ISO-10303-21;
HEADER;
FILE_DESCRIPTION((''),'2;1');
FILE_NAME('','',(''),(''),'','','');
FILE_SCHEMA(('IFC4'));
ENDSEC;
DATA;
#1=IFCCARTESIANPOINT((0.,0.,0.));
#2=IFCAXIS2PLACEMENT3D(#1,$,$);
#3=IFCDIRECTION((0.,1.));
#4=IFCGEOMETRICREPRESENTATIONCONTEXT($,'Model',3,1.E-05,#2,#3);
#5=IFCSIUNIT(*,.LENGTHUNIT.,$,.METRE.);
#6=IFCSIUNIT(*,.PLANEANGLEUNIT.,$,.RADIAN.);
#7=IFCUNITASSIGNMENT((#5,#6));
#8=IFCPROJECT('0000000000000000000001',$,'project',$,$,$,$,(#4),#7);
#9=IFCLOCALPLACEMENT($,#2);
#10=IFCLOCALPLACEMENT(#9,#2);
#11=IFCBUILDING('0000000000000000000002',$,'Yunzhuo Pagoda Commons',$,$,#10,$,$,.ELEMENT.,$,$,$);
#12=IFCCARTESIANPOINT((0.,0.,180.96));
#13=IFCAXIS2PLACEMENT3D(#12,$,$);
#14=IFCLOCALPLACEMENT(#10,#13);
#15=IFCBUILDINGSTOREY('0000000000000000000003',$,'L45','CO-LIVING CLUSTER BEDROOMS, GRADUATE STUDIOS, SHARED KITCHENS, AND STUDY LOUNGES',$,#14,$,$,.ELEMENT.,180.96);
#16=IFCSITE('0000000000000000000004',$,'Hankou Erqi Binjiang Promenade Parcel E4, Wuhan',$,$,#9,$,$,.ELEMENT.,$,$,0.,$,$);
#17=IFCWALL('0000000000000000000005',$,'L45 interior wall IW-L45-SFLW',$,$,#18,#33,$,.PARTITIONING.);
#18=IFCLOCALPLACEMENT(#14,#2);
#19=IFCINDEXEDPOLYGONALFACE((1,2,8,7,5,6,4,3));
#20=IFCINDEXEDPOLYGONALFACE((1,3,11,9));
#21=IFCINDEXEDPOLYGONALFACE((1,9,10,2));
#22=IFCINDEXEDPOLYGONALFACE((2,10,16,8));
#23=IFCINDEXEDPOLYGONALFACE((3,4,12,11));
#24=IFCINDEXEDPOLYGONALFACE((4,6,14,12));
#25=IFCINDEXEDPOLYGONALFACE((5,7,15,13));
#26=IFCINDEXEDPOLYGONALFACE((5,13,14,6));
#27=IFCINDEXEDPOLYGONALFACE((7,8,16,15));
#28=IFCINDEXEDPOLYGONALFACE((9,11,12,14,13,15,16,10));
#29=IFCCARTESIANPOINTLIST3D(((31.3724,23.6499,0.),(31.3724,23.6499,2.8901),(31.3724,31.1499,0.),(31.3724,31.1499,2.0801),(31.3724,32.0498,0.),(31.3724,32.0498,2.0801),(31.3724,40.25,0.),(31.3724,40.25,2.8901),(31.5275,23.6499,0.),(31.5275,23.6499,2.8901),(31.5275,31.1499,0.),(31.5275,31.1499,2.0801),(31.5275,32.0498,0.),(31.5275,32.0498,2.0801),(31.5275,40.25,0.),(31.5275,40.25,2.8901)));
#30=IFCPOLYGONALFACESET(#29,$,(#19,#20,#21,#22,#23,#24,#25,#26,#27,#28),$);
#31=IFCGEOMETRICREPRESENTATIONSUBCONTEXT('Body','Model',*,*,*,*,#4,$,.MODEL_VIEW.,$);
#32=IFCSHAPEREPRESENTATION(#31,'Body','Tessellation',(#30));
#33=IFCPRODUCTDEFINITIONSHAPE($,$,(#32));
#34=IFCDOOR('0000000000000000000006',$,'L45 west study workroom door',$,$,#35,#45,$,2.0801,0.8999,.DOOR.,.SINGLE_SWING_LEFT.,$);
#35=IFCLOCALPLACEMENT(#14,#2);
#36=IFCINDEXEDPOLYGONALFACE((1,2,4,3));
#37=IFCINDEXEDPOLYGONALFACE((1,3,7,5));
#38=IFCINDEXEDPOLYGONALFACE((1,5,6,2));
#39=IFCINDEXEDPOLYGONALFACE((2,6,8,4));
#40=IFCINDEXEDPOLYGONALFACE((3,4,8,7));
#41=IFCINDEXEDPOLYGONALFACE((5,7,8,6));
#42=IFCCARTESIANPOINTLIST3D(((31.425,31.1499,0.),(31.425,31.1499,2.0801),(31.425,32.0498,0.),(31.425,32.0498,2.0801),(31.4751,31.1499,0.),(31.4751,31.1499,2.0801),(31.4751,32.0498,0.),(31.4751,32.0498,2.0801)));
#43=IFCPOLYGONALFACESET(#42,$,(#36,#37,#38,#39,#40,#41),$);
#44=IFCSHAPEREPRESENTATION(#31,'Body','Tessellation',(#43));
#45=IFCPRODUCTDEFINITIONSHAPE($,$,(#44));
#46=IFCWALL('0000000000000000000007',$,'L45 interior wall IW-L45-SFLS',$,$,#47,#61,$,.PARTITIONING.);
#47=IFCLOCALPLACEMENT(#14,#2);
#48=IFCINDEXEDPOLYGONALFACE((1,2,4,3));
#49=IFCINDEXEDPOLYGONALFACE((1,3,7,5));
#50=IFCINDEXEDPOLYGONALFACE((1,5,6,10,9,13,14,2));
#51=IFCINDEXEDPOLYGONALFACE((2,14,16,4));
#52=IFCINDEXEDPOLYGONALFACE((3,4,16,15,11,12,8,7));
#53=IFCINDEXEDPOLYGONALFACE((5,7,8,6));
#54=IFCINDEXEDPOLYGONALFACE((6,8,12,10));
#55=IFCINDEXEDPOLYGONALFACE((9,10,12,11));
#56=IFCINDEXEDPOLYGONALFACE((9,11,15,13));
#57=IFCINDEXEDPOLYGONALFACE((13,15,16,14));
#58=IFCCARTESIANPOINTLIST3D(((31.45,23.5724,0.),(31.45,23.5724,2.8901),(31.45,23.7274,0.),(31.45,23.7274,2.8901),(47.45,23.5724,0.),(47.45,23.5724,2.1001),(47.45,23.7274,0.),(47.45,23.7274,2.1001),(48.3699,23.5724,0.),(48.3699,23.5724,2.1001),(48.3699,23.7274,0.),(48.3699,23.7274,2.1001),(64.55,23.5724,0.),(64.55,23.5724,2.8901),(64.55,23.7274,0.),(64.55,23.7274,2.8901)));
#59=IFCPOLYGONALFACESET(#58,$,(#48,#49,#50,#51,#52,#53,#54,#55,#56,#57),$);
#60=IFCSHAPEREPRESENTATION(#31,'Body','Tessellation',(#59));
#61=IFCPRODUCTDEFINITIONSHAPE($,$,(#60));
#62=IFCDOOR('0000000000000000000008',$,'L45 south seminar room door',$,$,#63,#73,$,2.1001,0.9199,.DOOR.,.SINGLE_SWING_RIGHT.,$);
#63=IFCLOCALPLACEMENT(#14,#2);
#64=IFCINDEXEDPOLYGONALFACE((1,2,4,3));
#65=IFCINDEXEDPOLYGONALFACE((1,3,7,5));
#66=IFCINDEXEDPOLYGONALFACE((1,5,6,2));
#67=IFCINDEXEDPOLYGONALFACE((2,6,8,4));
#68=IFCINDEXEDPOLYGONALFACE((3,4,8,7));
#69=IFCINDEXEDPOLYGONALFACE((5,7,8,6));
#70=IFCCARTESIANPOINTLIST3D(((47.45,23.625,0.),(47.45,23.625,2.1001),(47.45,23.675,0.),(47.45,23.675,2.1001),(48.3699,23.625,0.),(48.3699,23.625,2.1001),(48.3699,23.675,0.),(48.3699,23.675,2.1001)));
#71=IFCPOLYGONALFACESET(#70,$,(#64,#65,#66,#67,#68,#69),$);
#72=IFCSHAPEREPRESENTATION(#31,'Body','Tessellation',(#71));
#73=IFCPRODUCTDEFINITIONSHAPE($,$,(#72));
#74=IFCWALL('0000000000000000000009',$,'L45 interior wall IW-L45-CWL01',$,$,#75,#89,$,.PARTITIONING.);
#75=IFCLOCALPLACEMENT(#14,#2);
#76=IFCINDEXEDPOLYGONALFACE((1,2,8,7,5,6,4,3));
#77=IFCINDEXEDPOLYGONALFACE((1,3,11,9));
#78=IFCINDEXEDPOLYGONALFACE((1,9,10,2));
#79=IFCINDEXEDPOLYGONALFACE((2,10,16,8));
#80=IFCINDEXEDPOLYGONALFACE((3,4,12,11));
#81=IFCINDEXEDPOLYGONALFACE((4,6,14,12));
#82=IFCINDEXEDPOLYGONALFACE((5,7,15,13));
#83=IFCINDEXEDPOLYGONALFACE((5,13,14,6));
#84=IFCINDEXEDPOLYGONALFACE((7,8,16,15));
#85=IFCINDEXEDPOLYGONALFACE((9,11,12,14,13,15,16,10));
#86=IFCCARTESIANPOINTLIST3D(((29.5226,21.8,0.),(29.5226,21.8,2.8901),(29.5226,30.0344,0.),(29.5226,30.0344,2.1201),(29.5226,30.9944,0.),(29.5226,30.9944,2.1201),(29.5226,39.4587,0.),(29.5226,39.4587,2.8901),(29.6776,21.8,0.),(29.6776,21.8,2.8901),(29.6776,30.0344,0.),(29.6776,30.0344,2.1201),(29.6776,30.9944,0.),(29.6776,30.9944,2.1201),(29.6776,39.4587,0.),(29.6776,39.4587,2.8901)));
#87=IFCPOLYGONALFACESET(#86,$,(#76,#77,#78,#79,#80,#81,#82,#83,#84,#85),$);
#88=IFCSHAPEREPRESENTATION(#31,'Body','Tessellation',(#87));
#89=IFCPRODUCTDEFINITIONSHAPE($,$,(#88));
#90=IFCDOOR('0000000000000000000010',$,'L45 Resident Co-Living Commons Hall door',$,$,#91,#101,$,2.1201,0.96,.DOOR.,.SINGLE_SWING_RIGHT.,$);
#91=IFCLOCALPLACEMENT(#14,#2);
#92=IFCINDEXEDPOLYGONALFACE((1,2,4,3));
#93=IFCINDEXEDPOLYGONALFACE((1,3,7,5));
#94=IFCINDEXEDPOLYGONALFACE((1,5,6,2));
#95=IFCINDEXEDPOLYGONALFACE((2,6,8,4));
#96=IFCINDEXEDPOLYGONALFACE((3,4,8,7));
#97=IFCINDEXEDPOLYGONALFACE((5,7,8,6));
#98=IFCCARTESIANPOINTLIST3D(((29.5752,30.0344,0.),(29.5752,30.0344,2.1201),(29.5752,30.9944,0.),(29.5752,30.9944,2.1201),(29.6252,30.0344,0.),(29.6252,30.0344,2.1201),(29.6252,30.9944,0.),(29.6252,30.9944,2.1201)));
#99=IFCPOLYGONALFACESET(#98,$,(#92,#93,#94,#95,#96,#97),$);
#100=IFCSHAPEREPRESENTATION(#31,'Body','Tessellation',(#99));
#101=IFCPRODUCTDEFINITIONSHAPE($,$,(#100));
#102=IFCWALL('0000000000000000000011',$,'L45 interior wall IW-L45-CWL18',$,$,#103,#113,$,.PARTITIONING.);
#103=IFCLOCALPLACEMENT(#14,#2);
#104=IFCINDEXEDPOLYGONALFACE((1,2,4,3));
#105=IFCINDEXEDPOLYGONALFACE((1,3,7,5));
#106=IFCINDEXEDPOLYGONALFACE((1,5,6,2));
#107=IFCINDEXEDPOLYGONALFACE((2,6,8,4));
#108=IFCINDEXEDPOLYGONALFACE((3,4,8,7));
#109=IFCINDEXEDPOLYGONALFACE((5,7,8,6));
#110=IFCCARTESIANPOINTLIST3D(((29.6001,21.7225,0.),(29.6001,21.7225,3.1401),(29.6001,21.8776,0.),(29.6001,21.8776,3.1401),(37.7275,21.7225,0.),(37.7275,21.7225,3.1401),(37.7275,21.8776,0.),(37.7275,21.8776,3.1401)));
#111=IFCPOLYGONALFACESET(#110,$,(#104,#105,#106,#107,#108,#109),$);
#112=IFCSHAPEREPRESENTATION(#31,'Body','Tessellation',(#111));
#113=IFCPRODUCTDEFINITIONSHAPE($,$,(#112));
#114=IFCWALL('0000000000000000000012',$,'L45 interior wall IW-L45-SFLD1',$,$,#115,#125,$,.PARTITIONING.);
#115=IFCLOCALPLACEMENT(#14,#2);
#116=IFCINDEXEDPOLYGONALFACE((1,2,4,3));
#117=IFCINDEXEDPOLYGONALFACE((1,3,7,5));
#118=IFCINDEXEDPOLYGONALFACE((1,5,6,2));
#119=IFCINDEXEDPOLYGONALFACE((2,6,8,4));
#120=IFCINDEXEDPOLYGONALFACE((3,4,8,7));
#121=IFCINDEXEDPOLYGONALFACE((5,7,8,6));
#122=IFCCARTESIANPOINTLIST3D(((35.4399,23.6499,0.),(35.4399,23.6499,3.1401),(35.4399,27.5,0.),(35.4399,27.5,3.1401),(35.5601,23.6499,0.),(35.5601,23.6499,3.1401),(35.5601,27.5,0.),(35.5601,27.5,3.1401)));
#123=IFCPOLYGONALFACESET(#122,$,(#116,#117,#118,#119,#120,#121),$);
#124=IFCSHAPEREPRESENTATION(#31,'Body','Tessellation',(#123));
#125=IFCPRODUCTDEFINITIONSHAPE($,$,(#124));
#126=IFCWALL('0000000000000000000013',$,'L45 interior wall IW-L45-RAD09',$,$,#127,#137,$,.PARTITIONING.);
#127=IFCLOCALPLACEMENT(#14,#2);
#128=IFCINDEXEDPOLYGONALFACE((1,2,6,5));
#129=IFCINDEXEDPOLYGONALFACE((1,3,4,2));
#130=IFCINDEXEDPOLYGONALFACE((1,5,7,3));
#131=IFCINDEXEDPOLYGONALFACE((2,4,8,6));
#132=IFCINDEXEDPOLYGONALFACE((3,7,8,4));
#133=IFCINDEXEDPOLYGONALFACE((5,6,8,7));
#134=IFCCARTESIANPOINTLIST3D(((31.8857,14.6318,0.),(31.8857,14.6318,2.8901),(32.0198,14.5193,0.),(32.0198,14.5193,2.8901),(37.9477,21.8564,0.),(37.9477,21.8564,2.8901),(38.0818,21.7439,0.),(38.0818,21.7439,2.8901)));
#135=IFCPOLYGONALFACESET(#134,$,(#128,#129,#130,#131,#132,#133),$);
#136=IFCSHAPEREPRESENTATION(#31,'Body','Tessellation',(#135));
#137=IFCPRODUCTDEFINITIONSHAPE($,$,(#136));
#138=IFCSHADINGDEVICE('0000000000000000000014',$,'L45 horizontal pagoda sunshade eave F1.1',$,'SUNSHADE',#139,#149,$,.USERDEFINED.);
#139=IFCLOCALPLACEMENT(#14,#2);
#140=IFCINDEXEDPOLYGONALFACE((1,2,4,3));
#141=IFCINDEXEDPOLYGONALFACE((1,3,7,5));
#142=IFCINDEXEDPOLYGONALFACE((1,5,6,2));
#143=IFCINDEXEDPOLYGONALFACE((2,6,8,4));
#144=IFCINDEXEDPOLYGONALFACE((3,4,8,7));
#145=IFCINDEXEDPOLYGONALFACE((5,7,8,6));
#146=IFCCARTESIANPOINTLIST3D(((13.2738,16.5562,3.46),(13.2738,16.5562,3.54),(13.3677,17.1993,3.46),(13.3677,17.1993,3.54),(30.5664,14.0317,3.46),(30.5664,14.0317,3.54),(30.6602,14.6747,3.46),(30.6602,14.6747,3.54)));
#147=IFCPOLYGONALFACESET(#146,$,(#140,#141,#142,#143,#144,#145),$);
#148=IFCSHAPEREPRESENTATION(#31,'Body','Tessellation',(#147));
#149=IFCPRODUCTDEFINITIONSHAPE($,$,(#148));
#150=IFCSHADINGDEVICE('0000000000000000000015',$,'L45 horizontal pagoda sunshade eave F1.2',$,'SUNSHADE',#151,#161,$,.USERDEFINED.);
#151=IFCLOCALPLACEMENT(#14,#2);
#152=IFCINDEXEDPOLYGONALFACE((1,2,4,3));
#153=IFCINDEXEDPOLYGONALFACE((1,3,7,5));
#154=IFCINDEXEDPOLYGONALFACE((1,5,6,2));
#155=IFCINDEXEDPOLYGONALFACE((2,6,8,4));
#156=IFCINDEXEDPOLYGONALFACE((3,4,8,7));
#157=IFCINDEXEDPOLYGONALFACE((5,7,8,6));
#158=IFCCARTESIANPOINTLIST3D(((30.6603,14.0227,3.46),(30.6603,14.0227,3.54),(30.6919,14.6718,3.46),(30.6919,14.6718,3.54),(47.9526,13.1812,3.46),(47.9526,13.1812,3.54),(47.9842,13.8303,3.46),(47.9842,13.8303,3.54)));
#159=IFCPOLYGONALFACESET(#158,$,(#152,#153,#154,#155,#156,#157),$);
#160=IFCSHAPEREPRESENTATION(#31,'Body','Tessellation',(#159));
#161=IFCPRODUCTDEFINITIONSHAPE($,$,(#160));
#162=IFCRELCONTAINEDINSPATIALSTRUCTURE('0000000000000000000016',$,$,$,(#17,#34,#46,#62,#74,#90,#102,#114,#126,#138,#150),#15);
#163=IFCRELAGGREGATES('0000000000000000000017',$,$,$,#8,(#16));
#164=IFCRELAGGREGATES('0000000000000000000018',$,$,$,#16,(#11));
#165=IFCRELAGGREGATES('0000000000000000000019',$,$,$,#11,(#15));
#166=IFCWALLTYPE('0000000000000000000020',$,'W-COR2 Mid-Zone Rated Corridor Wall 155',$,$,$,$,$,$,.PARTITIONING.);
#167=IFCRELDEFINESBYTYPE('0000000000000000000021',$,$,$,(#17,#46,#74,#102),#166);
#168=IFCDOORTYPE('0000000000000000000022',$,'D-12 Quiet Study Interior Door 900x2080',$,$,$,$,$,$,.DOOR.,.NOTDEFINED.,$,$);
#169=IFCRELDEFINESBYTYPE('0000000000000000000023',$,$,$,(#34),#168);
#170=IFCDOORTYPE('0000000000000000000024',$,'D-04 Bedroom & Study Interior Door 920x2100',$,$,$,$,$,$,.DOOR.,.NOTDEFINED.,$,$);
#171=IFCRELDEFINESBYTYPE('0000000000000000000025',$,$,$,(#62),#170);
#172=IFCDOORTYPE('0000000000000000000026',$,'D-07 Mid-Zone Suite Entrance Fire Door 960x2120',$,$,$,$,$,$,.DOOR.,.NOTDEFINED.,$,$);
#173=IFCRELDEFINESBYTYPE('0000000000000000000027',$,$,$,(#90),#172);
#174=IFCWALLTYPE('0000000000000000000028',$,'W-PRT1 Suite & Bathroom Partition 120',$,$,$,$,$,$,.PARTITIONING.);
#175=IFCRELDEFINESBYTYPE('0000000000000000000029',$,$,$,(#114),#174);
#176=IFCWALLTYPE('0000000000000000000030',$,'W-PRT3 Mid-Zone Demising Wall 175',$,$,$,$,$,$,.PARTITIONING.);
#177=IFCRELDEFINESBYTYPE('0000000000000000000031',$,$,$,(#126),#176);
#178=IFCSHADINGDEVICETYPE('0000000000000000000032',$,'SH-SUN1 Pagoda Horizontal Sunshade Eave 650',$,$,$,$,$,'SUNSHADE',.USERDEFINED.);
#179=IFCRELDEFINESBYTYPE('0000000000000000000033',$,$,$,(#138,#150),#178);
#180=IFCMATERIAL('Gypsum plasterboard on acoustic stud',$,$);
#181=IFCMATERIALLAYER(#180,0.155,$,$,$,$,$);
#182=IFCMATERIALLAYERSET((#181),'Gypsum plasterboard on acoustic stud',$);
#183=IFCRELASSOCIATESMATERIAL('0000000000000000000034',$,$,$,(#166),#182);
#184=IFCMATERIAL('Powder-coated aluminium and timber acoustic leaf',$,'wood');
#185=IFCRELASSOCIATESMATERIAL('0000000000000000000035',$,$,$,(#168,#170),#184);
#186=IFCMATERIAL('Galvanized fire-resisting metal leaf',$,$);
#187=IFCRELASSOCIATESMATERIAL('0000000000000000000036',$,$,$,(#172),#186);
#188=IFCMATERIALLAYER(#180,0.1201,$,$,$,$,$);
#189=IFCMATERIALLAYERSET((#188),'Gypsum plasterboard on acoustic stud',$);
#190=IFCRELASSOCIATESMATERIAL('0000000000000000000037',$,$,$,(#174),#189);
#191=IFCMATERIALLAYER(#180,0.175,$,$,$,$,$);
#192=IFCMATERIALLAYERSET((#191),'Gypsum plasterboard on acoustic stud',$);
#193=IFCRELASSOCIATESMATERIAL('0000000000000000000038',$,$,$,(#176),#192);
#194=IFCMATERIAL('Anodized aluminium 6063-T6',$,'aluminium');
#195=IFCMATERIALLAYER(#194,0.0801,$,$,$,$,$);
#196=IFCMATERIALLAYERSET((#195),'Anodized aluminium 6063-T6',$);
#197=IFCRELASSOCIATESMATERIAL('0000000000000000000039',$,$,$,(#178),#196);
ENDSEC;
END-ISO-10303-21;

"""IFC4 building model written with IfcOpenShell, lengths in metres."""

from ifc_helpers import new_model, si_unit, direction, frame, frame_2d, origin, origin_with_axes, origin_2d, place, context, subcontext, project, spatial, rectangle, extrude, source, transform, mapped, material, layer, layer_set, type_object, element, fill, save


model = new_model("IFC4")

# Units and contexts
model_context = context("Model", 3, precision=1e-05, world=origin(), true_north=direction((0.0, 1.0)))
body_context = subcontext(model_context, "Body", "Model", "MODEL_VIEW")
ifc_project = project(units=[si_unit("LENGTHUNIT", "METRE"), si_unit("PLANEANGLEUNIT", "RADIAN")], contexts=[model_context])

# Site, building, storey
site_placement = place(None, origin())
site = spatial("IfcSite", under=ifc_project, at=site_placement, Name="Hankou Erqi Binjiang Promenade Parcel E4, Wuhan", CompositionType="ELEMENT", RefElevation=0.0)
building_placement = place(site_placement, origin())
building = spatial("IfcBuilding", under=site, at=building_placement, Name="Yunzhuo Pagoda Commons", CompositionType="ELEMENT")
storey_placement = place(building_placement, frame((0.0, 0.0, 180.96)))
storey = spatial("IfcBuildingStorey", under=building, at=storey_placement, Name="L45", Description="CO-LIVING CLUSTER BEDROOMS, GRADUATE STUDIOS, SHARED KITCHENS, AND STUDY LOUNGES", CompositionType="ELEMENT", Elevation=180.96)

# Shared definitions
ifc_material_1 = material(Name="Anodized aluminium 6063-T6", Category="aluminium")

# Walls, openings, doors
ifc_material_2 = material(Name="Gypsum plasterboard on acoustic stud")
ifc_layer_1 = layer(ifc_material_2, 0.155)
ifc_layer_set_1 = layer_set([ifc_layer_1], Name="Gypsum plasterboard on acoustic stud")
wall_type_1 = type_object("IfcWallType", Name="W-COR2 Mid-Zone Rated Corridor Wall 155", PredefinedType="PARTITIONING", material=ifc_layer_set_1)
wall_1_placement = place(storey_placement, frame((31.45, 23.6499, 0.0), z_axis=(0.0, 0.0, 1.0), x_axis=(0.0, 1.0, 0.0)))
wall_1 = element("IfcWall", 1, at=wall_1_placement, inside=storey, type_object=wall_type_1, Name="L45 interior wall IW-L45-SFLW", PredefinedType="PARTITIONING", context=body_context, shape_type="SweptSolid", body=[
    extrude(rectangle(XDim=16.6001, YDim=0.155, at=frame_2d((8.3, 0.0))), origin(), (0.0, 0.0, 1.0), 2.8901),
])
opening_1_placement = place(wall_1_placement, frame((7.5, 0.0, 0.0)))
opening_1 = element("IfcOpeningElement", 2, at=opening_1_placement, cuts=wall_1, PredefinedType="OPENING", context=body_context, shape_type="SweptSolid", body=[
    extrude(rectangle(XDim=0.8999, YDim=2.0801, at=frame_2d((0.45, 1.04))), frame((0.0, 0.0874, 0.0), z_axis=(0.0, -1.0, 0.0), x_axis=(1.0, 0.0, 0.0)), (0.0, 0.0, 1.0), 0.175),
])
ifc_material_3 = material(Name="Powder-coated aluminium and timber acoustic leaf", Category="wood")
door_type_1 = type_object("IfcDoorType", Name="D-12 Quiet Study Interior Door 900x2080", OperationType="NOTDEFINED", PredefinedType="DOOR", material=ifc_material_3)
shared_shape_1 = source(origin(), body_context, "Body", "SweptSolid", [
    extrude(rectangle(XDim=0.8999, YDim=2.0801, at=frame_2d((0.45, 1.04))), frame((0.0, 0.0249, 0.0), z_axis=(0.0, -1.0, 0.0), x_axis=(1.0, 0.0, 0.0)), (0.0, 0.0, 1.0), 0.05),
])
door_1_placement = place(opening_1_placement, origin_with_axes())
door_1 = element("IfcDoor", 3, at=door_1_placement, inside=storey, type_object=door_type_1, Name="L45 west study workroom door", OperationType="SINGLE_SWING_LEFT", OverallHeight=2.0801, OverallWidth=0.8999, PredefinedType="DOOR", context=body_context, shape_type="MappedRepresentation", body=[
    mapped(shared_shape_1, transform((0.0, 0.0, 0.0), scale=1.0)),
])
fill(opening_1, door_1)
wall_2_placement = place(storey_placement, frame((31.45, 23.6499, 0.0), z_axis=(0.0, 0.0, 1.0), x_axis=(1.0, 0.0, 0.0)))
wall_2 = element("IfcWall", 4, at=wall_2_placement, inside=storey, type_object=wall_type_1, Name="L45 interior wall IW-L45-SFLS", PredefinedType="PARTITIONING", context=body_context, shape_type="SweptSolid", body=[
    extrude(rectangle(XDim=33.1001, YDim=0.155, at=frame_2d((16.55, 0.0))), origin(), (0.0, 0.0, 1.0), 2.8901),
])
opening_2_placement = place(wall_2_placement, frame((16.0, 0.0, 0.0)))
opening_2 = element("IfcOpeningElement", 5, at=opening_2_placement, cuts=wall_2, PredefinedType="OPENING", context=body_context, shape_type="SweptSolid", body=[
    extrude(rectangle(XDim=0.9199, YDim=2.1001, at=frame_2d((0.46, 1.05))), frame((0.0, 0.0874, 0.0), z_axis=(0.0, -1.0, 0.0), x_axis=(1.0, 0.0, 0.0)), (0.0, 0.0, 1.0), 0.175),
])
door_type_2 = type_object("IfcDoorType", Name="D-04 Bedroom & Study Interior Door 920x2100", OperationType="NOTDEFINED", PredefinedType="DOOR", material=ifc_material_3)
shared_shape_2 = source(origin(), body_context, "Body", "SweptSolid", [
    extrude(rectangle(XDim=0.9199, YDim=2.1001, at=frame_2d((0.46, 1.05))), frame((0.0, 0.0249, 0.0), z_axis=(0.0, -1.0, 0.0), x_axis=(1.0, 0.0, 0.0)), (0.0, 0.0, 1.0), 0.05),
])
door_2_placement = place(opening_2_placement, frame((0.9199, 0.0, 0.0), z_axis=(0.0, 0.0, 1.0), x_axis=(-1.0, 0.0, 0.0)))
door_2 = element("IfcDoor", 6, at=door_2_placement, inside=storey, type_object=door_type_2, Name="L45 south seminar room door", OperationType="SINGLE_SWING_RIGHT", OverallHeight=2.1001, OverallWidth=0.9199, PredefinedType="DOOR", context=body_context, shape_type="MappedRepresentation", body=[
    mapped(shared_shape_2, transform((0.0, 0.0, 0.0), scale=1.0)),
])
fill(opening_2, door_2)
wall_3_placement = place(storey_placement, frame((29.6001, 21.8, 0.0), z_axis=(0.0, 0.0, 1.0), x_axis=(0.0, 1.0, 0.0)))
wall_3 = element("IfcWall", 7, at=wall_3_placement, inside=storey, type_object=wall_type_1, Name="L45 interior wall IW-L45-CWL01", PredefinedType="PARTITIONING", context=body_context, shape_type="SweptSolid", body=[
    extrude(rectangle(XDim=17.6587, YDim=0.155, at=frame_2d((8.8293, 0.0))), origin(), (0.0, 0.0, 1.0), 2.8901),
])
opening_3_placement = place(wall_3_placement, frame((8.2344, 0.0, 0.0)))
opening_3 = element("IfcOpeningElement", 8, at=opening_3_placement, cuts=wall_3, PredefinedType="OPENING", context=body_context, shape_type="SweptSolid", body=[
    extrude(rectangle(XDim=0.96, YDim=2.1201, at=frame_2d((0.48, 1.0601))), frame((0.0, 0.0874, 0.0), z_axis=(0.0, -1.0, 0.0), x_axis=(1.0, 0.0, 0.0)), (0.0, 0.0, 1.0), 0.175),
])
ifc_material_4 = material(Name="Galvanized fire-resisting metal leaf")
door_type_3 = type_object("IfcDoorType", Name="D-07 Mid-Zone Suite Entrance Fire Door 960x2120", OperationType="NOTDEFINED", PredefinedType="DOOR", material=ifc_material_4)
shared_shape_3 = source(origin(), body_context, "Body", "SweptSolid", [
    extrude(rectangle(XDim=0.96, YDim=2.1201, at=frame_2d((0.48, 1.0601))), frame((0.0, 0.0249, 0.0), z_axis=(0.0, -1.0, 0.0), x_axis=(1.0, 0.0, 0.0)), (0.0, 0.0, 1.0), 0.05),
])
door_3_placement = place(opening_3_placement, origin_with_axes())
door_3 = element("IfcDoor", 9, at=door_3_placement, inside=storey, type_object=door_type_3, Name="L45 Resident Co-Living Commons Hall door", OperationType="SINGLE_SWING_RIGHT", OverallHeight=2.1201, OverallWidth=0.96, PredefinedType="DOOR", context=body_context, shape_type="MappedRepresentation", body=[
    mapped(shared_shape_3, transform((0.0, 0.0, 0.0), scale=1.0)),
])
fill(opening_3, door_3)

# Walls
wall_4_placement = place(storey_placement, frame((37.7275, 21.8, 0.0), z_axis=(0.0, 0.0, 1.0), x_axis=(-1.0, 0.0, 0.0)))
element("IfcWall", 10, at=wall_4_placement, inside=storey, type_object=wall_type_1, Name="L45 interior wall IW-L45-CWL18", PredefinedType="PARTITIONING", context=body_context, shape_type="SweptSolid", body=[
    extrude(rectangle(XDim=8.1274, YDim=0.155, at=frame_2d((4.0637, 0.0))), origin(), (0.0, 0.0, 1.0), 3.1401),
])
ifc_layer_2 = layer(ifc_material_2, 0.1201)
ifc_layer_set_2 = layer_set([ifc_layer_2], Name="Gypsum plasterboard on acoustic stud")
wall_type_2 = type_object("IfcWallType", Name="W-PRT1 Suite & Bathroom Partition 120", PredefinedType="PARTITIONING", material=ifc_layer_set_2)
wall_5_placement = place(storey_placement, frame((35.5, 23.6499, 0.0), z_axis=(0.0, 0.0, 1.0), x_axis=(0.0, 1.0, 0.0)))
element("IfcWall", 11, at=wall_5_placement, inside=storey, type_object=wall_type_2, Name="L45 interior wall IW-L45-SFLD1", PredefinedType="PARTITIONING", context=body_context, shape_type="SweptSolid", body=[
    extrude(rectangle(XDim=3.8501, YDim=0.1201, at=frame_2d((1.925, 0.0))), origin(), (0.0, 0.0, 1.0), 3.1401),
])
ifc_layer_3 = layer(ifc_material_2, 0.175)
ifc_layer_set_3 = layer_set([ifc_layer_3], Name="Gypsum plasterboard on acoustic stud")
wall_type_3 = type_object("IfcWallType", Name="W-PRT3 Mid-Zone Demising Wall 175", PredefinedType="PARTITIONING", material=ifc_layer_set_3)
wall_6_placement = place(storey_placement, frame((38.0146, 21.8, 0.0), z_axis=(0.0, 0.0, 1.0), x_axis=(-0.642778, -0.766053, 0.0)))
element("IfcWall", 12, at=wall_6_placement, inside=storey, type_object=wall_type_3, Name="L45 interior wall IW-L45-RAD09", PredefinedType="PARTITIONING", context=body_context, shape_type="SweptSolid", body=[
    extrude(rectangle(XDim=9.4309, YDim=0.175, at=frame_2d((4.7153, 0.0))), origin(), (0.0, 0.0, 1.0), 2.8901),
])

# Shading devices
ifc_layer_4 = layer(ifc_material_1, 0.0801)
ifc_layer_set_4 = layer_set([ifc_layer_4], Name="Anodized aluminium 6063-T6")
shading_device_type = type_object("IfcShadingDeviceType", Name="SH-SUN1 Pagoda Horizontal Sunshade Eave 650", ElementType="SUNSHADE", PredefinedType="USERDEFINED", material=ifc_layer_set_4)
shared_shape_4 = source(origin(), body_context, "Body", "SweptSolid", [
    extrude(rectangle(XDim=17.4758, YDim=0.6499, at=origin_2d()), origin(), (0.0, 0.0, 1.0), 0.0801),
])
shading_device_1_placement = place(storey_placement, frame((21.967, 15.6155, 3.46), z_axis=(0.0, 0.0, 1.0), x_axis=(0.989511, -0.14446, 0.0)))
element("IfcShadingDevice", 13, at=shading_device_1_placement, inside=storey, type_object=shading_device_type, Name="L45 horizontal pagoda sunshade eave F1.1", ObjectType="SUNSHADE", PredefinedType="USERDEFINED", context=body_context, shape_type="MappedRepresentation", body=[
    mapped(shared_shape_4, transform((0.0, 0.0, 0.0), scale=1.0)),
])
shared_shape_5 = source(origin(), body_context, "Body", "SweptSolid", [
    extrude(rectangle(XDim=17.3127, YDim=0.6499, at=origin_2d()), origin(), (0.0, 0.0, 1.0), 0.0801),
])
shading_device_2_placement = place(storey_placement, frame((39.3223, 13.9265, 3.46), z_axis=(0.0, 0.0, 1.0), x_axis=(0.998818, -0.048606, 0.0)))
element("IfcShadingDevice", 14, at=shading_device_2_placement, inside=storey, type_object=shading_device_type, Name="L45 horizontal pagoda sunshade eave F1.2", ObjectType="SUNSHADE", PredefinedType="USERDEFINED", context=body_context, shape_type="MappedRepresentation", body=[
    mapped(shared_shape_5, transform((0.0, 0.0, 0.0), scale=1.0)),
])

save(model, "model.ifc")
